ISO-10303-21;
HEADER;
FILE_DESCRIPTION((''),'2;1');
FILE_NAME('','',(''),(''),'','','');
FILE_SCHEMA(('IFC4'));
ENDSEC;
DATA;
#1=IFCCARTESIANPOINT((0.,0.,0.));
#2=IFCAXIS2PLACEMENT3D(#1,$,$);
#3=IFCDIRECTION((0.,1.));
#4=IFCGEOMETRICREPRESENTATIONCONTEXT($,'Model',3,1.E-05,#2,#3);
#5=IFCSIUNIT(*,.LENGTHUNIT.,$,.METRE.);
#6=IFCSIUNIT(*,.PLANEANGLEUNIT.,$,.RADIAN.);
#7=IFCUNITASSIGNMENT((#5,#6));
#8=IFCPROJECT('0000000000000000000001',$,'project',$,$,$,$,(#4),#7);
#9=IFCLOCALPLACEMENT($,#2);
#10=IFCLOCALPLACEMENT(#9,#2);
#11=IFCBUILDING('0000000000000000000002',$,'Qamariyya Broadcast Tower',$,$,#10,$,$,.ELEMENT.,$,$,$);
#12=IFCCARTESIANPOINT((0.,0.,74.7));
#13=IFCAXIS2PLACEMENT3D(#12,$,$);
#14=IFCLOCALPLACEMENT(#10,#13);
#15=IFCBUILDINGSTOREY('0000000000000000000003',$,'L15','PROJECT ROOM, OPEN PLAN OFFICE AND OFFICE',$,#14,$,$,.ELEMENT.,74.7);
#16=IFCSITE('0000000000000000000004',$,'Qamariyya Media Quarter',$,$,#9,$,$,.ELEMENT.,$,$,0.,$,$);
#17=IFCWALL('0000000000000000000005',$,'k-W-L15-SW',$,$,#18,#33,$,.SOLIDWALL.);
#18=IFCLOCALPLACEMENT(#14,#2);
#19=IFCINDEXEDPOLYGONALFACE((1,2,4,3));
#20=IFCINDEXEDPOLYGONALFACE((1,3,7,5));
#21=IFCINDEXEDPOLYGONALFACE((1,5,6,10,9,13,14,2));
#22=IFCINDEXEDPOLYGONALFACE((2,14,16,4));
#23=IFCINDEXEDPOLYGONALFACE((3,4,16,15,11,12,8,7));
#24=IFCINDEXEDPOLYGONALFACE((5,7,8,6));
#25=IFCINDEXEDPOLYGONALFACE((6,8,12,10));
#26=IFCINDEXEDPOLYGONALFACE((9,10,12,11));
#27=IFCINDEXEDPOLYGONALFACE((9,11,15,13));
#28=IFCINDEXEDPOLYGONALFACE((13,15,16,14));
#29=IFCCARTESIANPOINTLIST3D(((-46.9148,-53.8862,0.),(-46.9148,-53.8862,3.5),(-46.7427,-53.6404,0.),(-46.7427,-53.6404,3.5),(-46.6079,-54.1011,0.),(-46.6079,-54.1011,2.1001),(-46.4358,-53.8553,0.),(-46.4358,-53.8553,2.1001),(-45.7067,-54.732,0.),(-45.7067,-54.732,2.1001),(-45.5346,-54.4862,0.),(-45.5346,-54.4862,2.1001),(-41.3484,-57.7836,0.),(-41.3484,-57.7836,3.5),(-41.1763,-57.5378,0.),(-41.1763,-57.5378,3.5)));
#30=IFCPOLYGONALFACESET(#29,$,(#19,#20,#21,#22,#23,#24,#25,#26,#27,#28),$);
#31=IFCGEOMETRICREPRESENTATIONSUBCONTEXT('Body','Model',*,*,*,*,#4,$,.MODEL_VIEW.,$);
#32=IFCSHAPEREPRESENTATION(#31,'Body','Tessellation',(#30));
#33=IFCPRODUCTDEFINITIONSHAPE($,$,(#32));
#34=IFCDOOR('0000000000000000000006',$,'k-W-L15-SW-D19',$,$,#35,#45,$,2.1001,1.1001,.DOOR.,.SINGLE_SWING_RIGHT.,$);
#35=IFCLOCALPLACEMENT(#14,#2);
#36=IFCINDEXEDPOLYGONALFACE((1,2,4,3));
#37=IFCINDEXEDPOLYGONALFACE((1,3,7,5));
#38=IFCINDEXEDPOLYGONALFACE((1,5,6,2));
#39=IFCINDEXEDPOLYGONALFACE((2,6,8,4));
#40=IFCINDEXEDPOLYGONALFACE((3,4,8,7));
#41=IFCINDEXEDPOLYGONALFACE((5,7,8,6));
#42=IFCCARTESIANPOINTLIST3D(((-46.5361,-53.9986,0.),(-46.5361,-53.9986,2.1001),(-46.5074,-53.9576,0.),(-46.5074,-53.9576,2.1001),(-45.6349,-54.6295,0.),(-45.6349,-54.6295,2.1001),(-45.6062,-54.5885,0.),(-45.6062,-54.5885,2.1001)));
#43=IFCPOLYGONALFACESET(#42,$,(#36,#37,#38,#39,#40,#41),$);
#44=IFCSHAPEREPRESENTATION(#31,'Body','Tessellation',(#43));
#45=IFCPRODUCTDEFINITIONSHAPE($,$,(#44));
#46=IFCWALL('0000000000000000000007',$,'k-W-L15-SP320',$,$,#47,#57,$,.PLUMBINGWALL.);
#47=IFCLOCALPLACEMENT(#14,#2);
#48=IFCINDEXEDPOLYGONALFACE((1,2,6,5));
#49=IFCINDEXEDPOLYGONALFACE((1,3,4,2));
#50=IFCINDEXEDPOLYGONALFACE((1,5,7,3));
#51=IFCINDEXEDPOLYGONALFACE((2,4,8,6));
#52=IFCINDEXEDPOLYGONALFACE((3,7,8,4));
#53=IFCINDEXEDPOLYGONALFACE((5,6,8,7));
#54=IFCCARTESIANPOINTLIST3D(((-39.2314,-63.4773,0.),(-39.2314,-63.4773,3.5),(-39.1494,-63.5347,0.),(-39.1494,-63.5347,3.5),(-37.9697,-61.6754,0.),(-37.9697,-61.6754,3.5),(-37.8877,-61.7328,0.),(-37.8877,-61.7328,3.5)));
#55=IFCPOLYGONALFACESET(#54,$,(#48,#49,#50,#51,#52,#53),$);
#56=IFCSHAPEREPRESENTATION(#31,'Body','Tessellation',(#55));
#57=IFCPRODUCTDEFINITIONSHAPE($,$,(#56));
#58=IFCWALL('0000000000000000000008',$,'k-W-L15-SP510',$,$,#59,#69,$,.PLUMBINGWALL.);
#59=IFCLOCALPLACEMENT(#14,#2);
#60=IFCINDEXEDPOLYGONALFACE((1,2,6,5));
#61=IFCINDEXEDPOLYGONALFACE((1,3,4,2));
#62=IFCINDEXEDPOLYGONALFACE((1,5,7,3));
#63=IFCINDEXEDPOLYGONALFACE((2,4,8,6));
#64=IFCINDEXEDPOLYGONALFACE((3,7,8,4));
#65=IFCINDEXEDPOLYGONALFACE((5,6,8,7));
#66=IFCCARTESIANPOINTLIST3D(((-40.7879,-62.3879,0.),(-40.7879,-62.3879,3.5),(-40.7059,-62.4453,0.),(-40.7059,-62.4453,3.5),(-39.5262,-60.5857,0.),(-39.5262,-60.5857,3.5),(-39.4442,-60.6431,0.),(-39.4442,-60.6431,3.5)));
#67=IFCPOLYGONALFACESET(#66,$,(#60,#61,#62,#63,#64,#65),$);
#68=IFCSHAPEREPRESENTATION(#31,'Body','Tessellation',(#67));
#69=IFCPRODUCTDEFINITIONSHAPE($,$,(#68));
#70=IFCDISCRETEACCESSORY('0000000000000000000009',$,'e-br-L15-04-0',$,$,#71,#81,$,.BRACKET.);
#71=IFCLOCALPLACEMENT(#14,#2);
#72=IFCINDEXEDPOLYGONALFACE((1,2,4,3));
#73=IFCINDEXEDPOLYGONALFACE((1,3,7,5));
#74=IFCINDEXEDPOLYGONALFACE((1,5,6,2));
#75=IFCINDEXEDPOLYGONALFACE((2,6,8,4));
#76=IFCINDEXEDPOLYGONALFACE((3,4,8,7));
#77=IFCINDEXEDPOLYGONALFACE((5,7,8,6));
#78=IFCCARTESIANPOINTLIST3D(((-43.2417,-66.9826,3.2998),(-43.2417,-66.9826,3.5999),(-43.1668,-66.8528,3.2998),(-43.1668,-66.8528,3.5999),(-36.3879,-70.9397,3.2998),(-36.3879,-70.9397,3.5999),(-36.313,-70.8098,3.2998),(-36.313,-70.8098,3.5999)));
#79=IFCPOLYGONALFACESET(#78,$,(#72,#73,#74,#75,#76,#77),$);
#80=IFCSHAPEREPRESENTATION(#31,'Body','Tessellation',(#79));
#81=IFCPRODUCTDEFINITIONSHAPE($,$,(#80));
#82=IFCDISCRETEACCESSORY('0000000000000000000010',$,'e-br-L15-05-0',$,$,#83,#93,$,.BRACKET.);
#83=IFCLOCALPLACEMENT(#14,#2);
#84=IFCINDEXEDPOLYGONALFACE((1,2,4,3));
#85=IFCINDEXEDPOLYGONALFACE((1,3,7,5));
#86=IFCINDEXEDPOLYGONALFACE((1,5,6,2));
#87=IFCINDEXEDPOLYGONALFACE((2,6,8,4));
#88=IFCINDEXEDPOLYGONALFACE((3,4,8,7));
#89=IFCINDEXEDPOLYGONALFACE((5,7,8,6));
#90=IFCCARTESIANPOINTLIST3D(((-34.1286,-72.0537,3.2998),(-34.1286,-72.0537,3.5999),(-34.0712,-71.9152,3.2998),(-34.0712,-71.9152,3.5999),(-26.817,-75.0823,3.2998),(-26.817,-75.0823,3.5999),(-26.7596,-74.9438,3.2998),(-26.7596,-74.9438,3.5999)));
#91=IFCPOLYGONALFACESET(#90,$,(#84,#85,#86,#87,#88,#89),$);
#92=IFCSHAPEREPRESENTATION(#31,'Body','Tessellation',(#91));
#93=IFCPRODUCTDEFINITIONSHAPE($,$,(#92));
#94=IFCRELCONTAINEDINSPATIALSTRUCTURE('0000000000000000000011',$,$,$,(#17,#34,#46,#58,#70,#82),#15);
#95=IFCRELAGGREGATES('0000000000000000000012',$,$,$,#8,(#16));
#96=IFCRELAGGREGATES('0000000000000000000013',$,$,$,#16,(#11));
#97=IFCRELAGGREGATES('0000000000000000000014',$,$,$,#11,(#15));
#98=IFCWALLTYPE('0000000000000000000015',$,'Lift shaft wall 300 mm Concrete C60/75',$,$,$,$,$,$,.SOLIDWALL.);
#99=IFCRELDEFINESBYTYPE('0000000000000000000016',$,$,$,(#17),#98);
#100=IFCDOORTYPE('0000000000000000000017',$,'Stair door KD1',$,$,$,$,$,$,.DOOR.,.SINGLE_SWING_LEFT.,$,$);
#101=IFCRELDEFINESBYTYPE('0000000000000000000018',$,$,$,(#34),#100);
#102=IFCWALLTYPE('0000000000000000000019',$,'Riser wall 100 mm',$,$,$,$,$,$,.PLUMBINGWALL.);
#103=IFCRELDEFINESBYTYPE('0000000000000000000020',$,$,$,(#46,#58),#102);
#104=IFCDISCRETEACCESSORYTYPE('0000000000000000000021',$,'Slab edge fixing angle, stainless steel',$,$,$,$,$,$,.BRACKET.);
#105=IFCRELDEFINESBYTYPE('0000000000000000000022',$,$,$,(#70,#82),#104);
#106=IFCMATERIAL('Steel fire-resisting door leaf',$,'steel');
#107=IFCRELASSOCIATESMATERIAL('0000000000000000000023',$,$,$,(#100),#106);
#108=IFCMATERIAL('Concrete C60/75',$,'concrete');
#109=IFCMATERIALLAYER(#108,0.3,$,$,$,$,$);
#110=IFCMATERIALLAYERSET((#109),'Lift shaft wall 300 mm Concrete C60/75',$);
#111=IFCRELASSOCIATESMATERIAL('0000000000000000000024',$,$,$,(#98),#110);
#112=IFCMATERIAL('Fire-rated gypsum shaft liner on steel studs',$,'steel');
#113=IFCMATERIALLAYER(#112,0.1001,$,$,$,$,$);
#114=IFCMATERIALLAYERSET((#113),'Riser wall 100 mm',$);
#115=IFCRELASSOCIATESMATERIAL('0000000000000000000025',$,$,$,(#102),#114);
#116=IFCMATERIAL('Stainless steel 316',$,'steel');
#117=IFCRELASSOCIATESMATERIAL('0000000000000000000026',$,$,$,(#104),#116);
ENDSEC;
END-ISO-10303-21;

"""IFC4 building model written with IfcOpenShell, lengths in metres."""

from ifc_helpers import new_model, si_unit, direction, frame, frame_2d, origin, origin_2d, place, context, subcontext, project, spatial, rectangle, extrude, material, layer, layer_set, type_object, element, fill, save


model = new_model("IFC4")

# Units and contexts
model_context = context("Model", 3, precision=1e-05, world=origin(), true_north=direction((0.0, 1.0)))
body_context = subcontext(model_context, "Body", "Model", "MODEL_VIEW")
ifc_project = project(units=[si_unit("LENGTHUNIT", "METRE"), si_unit("PLANEANGLEUNIT", "RADIAN")], contexts=[model_context])

# Site, building, storey
site_placement = place(None, origin())
site = spatial("IfcSite", under=ifc_project, at=site_placement, Name="Qamariyya Media Quarter", CompositionType="ELEMENT", RefElevation=0.0)
building_placement = place(site_placement, origin())
building = spatial("IfcBuilding", under=site, at=building_placement, Name="Qamariyya Broadcast Tower", CompositionType="ELEMENT")
storey_placement = place(building_placement, frame((0.0, 0.0, 74.7)))
storey = spatial("IfcBuildingStorey", under=building, at=storey_placement, Name="L15", Description="PROJECT ROOM, OPEN PLAN OFFICE AND OFFICE", CompositionType="ELEMENT", Elevation=74.7)

# Shared definitions
ifc_material_1 = material(Name="Steel fire-resisting door leaf", Category="steel")

# Shared definitions
door_type_1 = type_object("IfcDoorType", Name="Stair door KD1", OperationType="SINGLE_SWING_LEFT", PredefinedType="DOOR", material=ifc_material_1)

# Shared definitions
ifc_material_2 = material(Name="Concrete C60/75", Category="concrete")
ifc_layer_1 = layer(ifc_material_2, 0.3)
ifc_layer_set_1 = layer_set([ifc_layer_1], Name="Lift shaft wall 300 mm Concrete C60/75")
wall_type_1 = type_object("IfcWallType", Name="Lift shaft wall 300 mm Concrete C60/75", PredefinedType="SOLIDWALL", material=ifc_layer_set_1)

# Wall, opening, door
wall_1_placement = place(storey_placement, frame((-41.2625, -57.6606, 0.0), z_axis=(0.0, 0.0, 1.0), x_axis=(-0.819164, 0.573559, 0.0)))
wall_1 = element("IfcWall", 1, at=wall_1_placement, inside=storey, type_object=wall_type_1, Name="k-W-L15-SW", PredefinedType="SOLIDWALL", context=body_context, shape_type="SweptSolid", body=[
    extrude(rectangle(XDim=6.7952, YDim=0.3, at=frame_2d((3.3975, 0.0))), origin(), (0.0, 0.0, 1.0), 3.5),
])
opening_1_placement = place(wall_1_placement, frame((5.3203, 0.0, 0.0)))
opening_1 = element("IfcOpeningElement", 2, at=opening_1_placement, cuts=wall_1, PredefinedType="OPENING", context=body_context, shape_type="SweptSolid", body=[
    extrude(rectangle(XDim=1.1001, YDim=2.1001, at=frame_2d((0.55, 1.05))), frame((0.0, 0.1599, 0.0), z_axis=(0.0, -1.0, 0.0), x_axis=(1.0, 0.0, 0.0)), (0.0, 0.0, 1.0), 0.3201),
])
door_1_placement = place(opening_1_placement, origin())
door_1 = element("IfcDoor", 3, at=door_1_placement, inside=storey, type_object=door_type_1, Name="k-W-L15-SW-D19", OperationType="SINGLE_SWING_RIGHT", OverallHeight=2.1001, OverallWidth=1.1001, PredefinedType="DOOR", context=body_context, shape_type="SweptSolid", body=[
    extrude(rectangle(XDim=1.1001, YDim=2.1001, at=frame_2d((0.55, 1.05))), frame((0.0, 0.0249, 0.0), z_axis=(0.0, -1.0, 0.0), x_axis=(1.0, 0.0, 0.0)), (0.0, 0.0, 1.0), 0.05),
])
fill(opening_1, door_1)

# Walls
ifc_material_3 = material(Name="Fire-rated gypsum shaft liner on steel studs", Category="steel")
ifc_layer_2 = layer(ifc_material_3, 0.1001)
ifc_layer_set_2 = layer_set([ifc_layer_2], Name="Riser wall 100 mm")
wall_type_2 = type_object("IfcWallType", Name="Riser wall 100 mm", PredefinedType="PLUMBINGWALL", material=ifc_layer_set_2)
wall_2_placement = place(storey_placement, frame((-37.9287, -61.7041, 0.0), z_axis=(0.0, 0.0, 1.0), x_axis=(-0.573559, -0.819164, 0.0)))
element("IfcWall", 4, at=wall_2_placement, inside=storey, type_object=wall_type_2, Name="k-W-L15-SP320", PredefinedType="PLUMBINGWALL", context=body_context, shape_type="SweptSolid", body=[
    extrude(rectangle(XDim=2.1997, YDim=0.1001, at=frame_2d((1.0999, 0.0))), origin(), (0.0, 0.0, 1.0), 3.5),
])
wall_3_placement = place(storey_placement, frame((-39.4851, -60.6143, 0.0), z_axis=(0.0, 0.0, 1.0), x_axis=(-0.573507, -0.819201, 0.0)))
element("IfcWall", 5, at=wall_3_placement, inside=storey, type_object=wall_type_2, Name="k-W-L15-SP510", PredefinedType="PLUMBINGWALL", context=body_context, shape_type="SweptSolid", body=[
    extrude(rectangle(XDim=2.2, YDim=0.1001, at=frame_2d((1.1001, 0.0))), origin(), (0.0, 0.0, 1.0), 3.5),
])

# Discrete accessories
ifc_material_4 = material(Name="Stainless steel 316", Category="steel")
discrete_accessory_type = type_object("IfcDiscreteAccessoryType", Name="Slab edge fixing angle, stainless steel", PredefinedType="BRACKET", material=ifc_material_4)
for number, where, z_axis, x_axis, name in (
    (6, (-39.7773, -68.8962, 3.2998), (0.0, 0.0, 1.0), (0.866025, -0.5, 0.0), "e-br-L15-04-0"),
    (7, (-30.4441, -73.4988, 3.2998), (0.0, 0.0, 1.0), (0.92388, -0.382683, 0.0), "e-br-L15-05-0"),
):
    element("IfcDiscreteAccessory", number, at=place(storey_placement, frame(where, z_axis=z_axis, x_axis=x_axis)), inside=storey, type_object=discrete_accessory_type, Name=name, PredefinedType="BRACKET", context=body_context, shape_type="SweptSolid", body=[
        extrude(rectangle(XDim=7.9141, YDim=0.1499, at=origin_2d()), origin(), (0.0, 0.0, 1.0), 0.3),
    ])

save(model, "model.ifc")
